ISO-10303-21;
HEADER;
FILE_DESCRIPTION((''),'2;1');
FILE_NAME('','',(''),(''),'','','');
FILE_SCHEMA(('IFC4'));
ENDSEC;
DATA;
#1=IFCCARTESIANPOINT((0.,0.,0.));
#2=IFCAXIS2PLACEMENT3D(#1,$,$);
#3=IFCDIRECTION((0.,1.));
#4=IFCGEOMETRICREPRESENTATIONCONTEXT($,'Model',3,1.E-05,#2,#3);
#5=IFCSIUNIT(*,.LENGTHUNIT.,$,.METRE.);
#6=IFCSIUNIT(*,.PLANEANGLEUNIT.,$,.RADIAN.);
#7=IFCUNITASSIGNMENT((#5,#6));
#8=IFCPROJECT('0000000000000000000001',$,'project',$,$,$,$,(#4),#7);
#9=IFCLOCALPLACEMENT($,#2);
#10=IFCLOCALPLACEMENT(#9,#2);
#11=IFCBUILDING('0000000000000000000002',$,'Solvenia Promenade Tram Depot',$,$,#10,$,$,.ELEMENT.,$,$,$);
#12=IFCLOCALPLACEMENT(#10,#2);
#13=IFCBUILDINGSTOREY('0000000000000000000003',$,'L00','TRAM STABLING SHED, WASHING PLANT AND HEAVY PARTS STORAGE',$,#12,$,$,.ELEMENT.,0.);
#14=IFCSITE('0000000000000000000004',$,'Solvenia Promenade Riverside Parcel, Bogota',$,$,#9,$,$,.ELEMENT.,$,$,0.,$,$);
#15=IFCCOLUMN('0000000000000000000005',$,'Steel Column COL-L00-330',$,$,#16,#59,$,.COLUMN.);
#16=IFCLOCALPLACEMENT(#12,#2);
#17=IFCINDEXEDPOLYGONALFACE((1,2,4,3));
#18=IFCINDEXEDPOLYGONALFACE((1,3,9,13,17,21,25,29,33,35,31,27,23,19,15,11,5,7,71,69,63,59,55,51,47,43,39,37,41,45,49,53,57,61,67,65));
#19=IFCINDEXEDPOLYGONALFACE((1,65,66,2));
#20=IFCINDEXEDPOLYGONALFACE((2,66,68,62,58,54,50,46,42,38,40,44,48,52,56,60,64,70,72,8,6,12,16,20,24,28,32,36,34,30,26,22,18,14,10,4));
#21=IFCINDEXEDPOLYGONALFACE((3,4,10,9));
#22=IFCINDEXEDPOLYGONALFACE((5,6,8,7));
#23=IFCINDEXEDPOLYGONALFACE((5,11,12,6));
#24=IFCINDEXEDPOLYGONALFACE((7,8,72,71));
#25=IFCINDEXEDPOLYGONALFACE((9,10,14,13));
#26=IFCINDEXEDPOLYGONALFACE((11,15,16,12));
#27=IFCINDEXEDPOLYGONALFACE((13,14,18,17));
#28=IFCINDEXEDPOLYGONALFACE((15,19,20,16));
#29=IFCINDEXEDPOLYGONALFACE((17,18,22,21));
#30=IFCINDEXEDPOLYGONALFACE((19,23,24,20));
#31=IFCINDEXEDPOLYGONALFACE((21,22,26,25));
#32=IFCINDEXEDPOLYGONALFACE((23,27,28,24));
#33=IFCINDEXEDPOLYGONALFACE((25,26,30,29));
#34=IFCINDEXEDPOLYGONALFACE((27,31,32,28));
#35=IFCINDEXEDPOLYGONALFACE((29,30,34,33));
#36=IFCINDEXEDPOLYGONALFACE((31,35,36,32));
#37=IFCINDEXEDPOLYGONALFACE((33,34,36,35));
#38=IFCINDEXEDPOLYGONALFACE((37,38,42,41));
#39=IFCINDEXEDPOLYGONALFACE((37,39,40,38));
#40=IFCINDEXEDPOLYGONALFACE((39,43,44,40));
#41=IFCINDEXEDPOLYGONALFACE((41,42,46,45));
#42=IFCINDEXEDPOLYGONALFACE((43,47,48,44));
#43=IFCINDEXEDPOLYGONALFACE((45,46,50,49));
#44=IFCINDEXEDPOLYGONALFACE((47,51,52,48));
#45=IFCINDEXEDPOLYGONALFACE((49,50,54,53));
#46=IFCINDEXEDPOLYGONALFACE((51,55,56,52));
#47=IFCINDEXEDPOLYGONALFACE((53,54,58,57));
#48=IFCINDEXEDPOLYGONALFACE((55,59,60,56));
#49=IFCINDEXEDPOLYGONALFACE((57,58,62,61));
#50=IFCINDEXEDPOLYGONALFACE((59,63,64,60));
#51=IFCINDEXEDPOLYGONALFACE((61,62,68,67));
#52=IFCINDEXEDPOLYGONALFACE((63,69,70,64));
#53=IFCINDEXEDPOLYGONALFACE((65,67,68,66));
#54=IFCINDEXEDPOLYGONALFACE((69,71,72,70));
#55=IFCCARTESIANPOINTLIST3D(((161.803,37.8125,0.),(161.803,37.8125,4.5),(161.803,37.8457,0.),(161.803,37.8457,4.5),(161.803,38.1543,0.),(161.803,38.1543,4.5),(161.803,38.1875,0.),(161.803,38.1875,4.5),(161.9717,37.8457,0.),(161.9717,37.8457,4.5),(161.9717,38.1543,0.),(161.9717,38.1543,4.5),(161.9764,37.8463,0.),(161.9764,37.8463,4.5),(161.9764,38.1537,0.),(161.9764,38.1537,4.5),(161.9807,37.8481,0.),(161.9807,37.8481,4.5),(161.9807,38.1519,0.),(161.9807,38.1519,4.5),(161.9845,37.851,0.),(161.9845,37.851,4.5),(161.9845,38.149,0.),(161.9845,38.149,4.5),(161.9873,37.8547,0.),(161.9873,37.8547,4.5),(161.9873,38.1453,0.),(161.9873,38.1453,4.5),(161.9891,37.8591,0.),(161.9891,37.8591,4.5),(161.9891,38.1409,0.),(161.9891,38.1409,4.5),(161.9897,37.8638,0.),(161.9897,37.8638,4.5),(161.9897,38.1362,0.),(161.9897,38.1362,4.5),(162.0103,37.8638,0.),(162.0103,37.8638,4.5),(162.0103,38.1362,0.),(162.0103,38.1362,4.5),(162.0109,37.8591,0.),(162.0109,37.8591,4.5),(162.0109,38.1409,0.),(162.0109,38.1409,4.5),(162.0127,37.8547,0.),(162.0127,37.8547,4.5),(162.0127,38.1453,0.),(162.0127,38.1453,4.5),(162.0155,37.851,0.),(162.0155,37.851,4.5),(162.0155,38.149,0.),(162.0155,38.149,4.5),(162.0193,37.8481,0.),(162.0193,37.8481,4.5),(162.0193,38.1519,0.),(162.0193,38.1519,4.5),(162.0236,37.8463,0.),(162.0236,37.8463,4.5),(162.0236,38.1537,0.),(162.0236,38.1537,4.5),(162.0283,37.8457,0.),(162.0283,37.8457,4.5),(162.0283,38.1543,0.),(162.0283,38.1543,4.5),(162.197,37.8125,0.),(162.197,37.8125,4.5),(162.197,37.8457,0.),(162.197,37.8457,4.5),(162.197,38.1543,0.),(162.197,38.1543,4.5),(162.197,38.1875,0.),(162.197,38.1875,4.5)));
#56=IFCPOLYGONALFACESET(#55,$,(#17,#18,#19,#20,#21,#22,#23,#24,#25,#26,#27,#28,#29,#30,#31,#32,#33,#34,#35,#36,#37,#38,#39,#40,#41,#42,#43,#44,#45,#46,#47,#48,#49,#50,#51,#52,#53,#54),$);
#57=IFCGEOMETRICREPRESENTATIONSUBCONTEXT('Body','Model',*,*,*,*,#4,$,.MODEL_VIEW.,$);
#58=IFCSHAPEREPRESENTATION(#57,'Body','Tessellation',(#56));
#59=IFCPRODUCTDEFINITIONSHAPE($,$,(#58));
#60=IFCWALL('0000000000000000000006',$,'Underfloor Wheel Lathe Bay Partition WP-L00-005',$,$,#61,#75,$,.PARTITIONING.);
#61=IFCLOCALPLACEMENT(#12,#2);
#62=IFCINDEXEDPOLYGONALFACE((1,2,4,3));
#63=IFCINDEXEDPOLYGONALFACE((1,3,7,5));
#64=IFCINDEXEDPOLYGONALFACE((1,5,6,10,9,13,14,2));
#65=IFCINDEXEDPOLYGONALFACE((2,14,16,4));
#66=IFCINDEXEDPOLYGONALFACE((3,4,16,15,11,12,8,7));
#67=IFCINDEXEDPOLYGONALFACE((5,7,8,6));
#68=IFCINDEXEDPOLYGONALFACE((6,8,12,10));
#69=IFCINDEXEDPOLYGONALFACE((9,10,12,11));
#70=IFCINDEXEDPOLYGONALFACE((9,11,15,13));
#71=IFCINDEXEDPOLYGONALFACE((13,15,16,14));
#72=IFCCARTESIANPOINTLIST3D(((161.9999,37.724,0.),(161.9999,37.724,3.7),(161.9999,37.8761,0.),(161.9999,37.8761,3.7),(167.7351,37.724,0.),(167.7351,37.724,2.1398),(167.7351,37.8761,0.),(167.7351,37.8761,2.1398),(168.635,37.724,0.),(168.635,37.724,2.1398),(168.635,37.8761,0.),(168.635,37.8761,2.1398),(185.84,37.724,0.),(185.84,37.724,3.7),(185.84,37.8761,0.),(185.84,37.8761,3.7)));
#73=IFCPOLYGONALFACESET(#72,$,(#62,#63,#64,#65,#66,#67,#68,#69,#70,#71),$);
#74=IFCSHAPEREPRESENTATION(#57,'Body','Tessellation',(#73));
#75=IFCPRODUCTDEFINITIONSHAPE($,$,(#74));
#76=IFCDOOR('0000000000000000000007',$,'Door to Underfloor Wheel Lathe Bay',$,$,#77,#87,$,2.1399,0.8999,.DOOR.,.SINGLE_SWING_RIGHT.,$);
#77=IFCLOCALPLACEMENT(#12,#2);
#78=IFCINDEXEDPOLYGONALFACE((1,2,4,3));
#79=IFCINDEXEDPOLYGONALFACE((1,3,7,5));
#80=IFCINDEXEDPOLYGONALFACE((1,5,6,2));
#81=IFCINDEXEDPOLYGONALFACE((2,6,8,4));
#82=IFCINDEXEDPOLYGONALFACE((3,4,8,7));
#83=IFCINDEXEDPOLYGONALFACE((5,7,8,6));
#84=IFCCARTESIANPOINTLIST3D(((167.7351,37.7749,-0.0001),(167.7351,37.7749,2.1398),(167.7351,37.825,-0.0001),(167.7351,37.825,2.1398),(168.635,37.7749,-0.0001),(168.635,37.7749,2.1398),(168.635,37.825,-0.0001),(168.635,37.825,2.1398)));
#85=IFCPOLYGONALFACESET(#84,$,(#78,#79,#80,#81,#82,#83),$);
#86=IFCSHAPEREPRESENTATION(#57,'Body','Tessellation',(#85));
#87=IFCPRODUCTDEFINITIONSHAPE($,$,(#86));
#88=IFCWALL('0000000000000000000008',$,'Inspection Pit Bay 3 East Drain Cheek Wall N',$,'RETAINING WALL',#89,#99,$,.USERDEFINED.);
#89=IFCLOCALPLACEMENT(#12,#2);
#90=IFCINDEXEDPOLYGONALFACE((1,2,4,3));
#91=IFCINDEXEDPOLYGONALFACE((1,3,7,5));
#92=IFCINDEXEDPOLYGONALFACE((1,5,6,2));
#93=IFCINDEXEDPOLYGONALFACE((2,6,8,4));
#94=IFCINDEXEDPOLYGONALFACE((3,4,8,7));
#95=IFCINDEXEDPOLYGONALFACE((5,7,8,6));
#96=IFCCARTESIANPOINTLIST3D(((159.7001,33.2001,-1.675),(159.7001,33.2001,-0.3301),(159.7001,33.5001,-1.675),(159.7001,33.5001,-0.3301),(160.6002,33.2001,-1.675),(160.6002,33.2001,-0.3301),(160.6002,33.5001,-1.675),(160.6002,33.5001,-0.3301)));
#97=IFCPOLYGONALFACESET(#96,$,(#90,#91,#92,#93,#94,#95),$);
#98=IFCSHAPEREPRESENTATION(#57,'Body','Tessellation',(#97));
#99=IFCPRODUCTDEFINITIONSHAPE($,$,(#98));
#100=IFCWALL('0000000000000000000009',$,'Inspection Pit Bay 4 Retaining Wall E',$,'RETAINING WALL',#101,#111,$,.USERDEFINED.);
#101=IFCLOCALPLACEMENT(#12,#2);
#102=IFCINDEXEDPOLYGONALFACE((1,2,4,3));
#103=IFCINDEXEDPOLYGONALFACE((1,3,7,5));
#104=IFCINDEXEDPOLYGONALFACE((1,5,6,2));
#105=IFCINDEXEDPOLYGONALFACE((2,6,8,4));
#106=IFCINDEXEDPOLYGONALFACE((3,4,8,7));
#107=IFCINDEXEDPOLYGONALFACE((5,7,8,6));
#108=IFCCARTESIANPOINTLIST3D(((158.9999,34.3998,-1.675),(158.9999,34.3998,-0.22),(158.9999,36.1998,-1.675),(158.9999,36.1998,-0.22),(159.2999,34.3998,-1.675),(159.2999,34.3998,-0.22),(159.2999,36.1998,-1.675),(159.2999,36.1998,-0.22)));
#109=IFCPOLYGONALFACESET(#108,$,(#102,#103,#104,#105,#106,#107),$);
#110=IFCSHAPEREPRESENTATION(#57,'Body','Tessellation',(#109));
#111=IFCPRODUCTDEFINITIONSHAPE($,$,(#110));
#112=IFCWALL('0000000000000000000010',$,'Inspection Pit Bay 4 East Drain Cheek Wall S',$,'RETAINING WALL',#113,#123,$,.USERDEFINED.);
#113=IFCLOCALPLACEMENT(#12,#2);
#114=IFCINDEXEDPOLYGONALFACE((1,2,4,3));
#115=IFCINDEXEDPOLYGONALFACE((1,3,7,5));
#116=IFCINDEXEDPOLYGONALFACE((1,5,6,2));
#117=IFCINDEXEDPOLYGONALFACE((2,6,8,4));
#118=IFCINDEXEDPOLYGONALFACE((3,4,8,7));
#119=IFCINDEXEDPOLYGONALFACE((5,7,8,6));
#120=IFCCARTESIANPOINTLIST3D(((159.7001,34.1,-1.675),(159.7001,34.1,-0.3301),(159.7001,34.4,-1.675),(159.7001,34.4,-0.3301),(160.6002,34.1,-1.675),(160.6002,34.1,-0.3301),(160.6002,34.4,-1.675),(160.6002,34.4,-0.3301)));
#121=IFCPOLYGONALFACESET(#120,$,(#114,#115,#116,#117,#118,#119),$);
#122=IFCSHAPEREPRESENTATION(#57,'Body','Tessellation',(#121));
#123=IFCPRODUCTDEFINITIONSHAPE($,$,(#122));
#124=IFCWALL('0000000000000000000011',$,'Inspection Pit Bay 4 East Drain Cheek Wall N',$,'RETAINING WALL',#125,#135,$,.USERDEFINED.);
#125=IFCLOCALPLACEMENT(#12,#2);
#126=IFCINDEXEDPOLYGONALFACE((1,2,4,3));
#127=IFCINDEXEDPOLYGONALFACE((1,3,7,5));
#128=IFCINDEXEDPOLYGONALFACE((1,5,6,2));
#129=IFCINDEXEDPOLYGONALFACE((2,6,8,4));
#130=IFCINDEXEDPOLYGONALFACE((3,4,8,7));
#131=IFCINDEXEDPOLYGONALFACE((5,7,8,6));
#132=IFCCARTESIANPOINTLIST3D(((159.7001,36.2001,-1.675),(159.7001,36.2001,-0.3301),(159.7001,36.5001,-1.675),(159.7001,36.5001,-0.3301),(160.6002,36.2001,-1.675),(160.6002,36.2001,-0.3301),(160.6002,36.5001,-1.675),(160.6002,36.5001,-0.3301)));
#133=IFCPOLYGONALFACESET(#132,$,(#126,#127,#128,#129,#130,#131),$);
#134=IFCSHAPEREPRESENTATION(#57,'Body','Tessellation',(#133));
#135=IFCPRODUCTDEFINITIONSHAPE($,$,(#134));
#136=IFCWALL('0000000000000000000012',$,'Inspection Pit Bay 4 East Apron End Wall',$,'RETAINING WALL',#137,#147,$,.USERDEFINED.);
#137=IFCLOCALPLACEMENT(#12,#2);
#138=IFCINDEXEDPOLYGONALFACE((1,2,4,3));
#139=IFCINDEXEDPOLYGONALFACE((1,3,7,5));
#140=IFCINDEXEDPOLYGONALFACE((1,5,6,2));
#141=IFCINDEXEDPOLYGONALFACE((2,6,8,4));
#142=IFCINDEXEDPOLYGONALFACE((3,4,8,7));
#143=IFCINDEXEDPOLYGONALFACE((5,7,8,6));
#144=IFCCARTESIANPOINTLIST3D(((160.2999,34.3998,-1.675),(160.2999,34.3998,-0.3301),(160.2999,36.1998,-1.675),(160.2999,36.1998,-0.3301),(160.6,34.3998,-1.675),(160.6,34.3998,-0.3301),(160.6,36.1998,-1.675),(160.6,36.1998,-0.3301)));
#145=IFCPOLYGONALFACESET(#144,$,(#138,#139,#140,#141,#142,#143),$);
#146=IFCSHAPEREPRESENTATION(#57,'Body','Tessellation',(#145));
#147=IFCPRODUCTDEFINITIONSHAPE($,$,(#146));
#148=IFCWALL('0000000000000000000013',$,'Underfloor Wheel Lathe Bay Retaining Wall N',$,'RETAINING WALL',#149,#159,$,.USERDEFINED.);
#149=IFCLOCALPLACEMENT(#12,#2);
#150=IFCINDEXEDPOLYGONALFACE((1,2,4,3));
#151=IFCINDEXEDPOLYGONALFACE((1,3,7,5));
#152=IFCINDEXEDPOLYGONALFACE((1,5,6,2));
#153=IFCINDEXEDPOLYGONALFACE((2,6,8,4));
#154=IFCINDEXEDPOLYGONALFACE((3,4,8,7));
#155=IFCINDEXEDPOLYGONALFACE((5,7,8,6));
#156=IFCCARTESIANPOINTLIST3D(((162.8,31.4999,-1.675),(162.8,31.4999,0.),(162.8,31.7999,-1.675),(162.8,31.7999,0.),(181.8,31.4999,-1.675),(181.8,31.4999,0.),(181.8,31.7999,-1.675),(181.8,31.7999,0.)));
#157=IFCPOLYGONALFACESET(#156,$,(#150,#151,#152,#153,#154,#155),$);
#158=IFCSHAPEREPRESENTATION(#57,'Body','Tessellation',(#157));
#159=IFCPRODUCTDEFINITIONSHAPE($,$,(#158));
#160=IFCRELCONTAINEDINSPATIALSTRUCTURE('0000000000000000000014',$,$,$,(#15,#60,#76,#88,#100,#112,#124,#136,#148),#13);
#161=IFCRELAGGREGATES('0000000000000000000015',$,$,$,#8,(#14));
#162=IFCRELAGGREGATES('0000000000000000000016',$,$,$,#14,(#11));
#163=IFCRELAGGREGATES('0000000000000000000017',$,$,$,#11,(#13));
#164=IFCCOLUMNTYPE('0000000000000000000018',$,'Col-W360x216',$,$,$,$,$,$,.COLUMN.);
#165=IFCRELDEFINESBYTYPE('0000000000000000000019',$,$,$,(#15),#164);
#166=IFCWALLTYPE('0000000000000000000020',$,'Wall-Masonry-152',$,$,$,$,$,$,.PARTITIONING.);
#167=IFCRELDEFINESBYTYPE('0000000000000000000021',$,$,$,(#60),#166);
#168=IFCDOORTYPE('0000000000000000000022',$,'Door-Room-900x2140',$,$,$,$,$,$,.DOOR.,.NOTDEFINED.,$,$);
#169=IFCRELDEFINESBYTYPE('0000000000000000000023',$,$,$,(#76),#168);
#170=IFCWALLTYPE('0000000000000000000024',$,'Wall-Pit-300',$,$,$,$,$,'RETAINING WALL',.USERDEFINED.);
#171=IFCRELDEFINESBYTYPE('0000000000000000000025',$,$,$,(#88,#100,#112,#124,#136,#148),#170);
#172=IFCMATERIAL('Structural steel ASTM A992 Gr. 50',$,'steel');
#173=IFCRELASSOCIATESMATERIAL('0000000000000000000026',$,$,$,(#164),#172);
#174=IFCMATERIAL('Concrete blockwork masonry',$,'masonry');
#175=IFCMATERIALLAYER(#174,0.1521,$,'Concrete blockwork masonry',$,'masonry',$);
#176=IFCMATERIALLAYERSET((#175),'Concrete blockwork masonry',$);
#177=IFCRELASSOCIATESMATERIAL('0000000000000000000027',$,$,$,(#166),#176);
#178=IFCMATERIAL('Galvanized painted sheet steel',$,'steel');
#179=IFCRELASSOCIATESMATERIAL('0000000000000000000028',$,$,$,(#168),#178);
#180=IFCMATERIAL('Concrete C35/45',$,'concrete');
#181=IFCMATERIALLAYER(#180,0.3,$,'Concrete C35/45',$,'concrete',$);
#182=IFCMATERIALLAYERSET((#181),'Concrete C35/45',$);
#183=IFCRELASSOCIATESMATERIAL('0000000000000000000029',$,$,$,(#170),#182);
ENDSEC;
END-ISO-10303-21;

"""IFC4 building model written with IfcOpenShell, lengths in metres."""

from ifc_helpers import new_model, si_unit, direction, frame, frame_2d, origin, origin_2d, place, context, subcontext, project, spatial, rectangle, i_section, extrude, material, layer, layer_set, material_profile, profile_set, type_object, element, fill, save


model = new_model("IFC4")

# Units and contexts
model_context = context("Model", 3, precision=1e-05, world=origin(), true_north=direction((0.0, 1.0)))
body_context = subcontext(model_context, "Body", "Model", "MODEL_VIEW")
ifc_project = project(units=[si_unit("LENGTHUNIT", "METRE"), si_unit("PLANEANGLEUNIT", "RADIAN")], contexts=[model_context])

# Site, building, storey
site_placement = place(None, origin())
site = spatial("IfcSite", under=ifc_project, at=site_placement, Name="Solvenia Promenade Riverside Parcel, Bogota", CompositionType="ELEMENT", RefElevation=0.0)
building_placement = place(site_placement, origin())
building = spatial("IfcBuilding", under=site, at=building_placement, Name="Solvenia Promenade Tram Depot", CompositionType="ELEMENT")
storey_placement = place(building_placement, origin())
storey = spatial("IfcBuildingStorey", under=building, at=storey_placement, Name="L00", Description="TRAM STABLING SHED, WASHING PLANT AND HEAVY PARTS STORAGE", CompositionType="ELEMENT", Elevation=0.0)

# Column
ifc_material_1 = material(Name="Structural steel ASTM A992 Gr. 50", Category="steel")
ifc_material_profile_1 = material_profile(ifc_material_1, i_section(OverallWidth=0.394, OverallDepth=0.375, WebThickness=0.0205, FlangeThickness=0.0332, FilletRadius=0.0181, at=origin_2d()), Name="W360x216", Category="steel")
ifc_profile_set_1 = profile_set([ifc_material_profile_1], Name="Structural steel ASTM A992 Gr. 50")
column_type = type_object("IfcColumnType", Name="Col-W360x216", PredefinedType="COLUMN", material=ifc_profile_set_1)
column_placement = place(storey_placement, frame((162.0, 38.0, 0.0), z_axis=(0.0, 0.0, 1.0), x_axis=(1.0, 0.0, 0.0)))
element("IfcColumn", 1, at=column_placement, inside=storey, type_object=column_type, Name="Steel Column COL-L00-330", PredefinedType="COLUMN", context=body_context, shape_type="SweptSolid", body=[
    extrude(i_section(OverallWidth=0.394, OverallDepth=0.375, WebThickness=0.0205, FlangeThickness=0.0332, FilletRadius=0.0181, at=origin_2d()), origin(), (0.0, 0.0, 1.0), 4.5),
])

# Wall, opening, door
ifc_material_2 = material(Name="Concrete blockwork masonry", Category="masonry")
ifc_layer_1 = layer(ifc_material_2, 0.1521, Name="Concrete blockwork masonry", Category="masonry")
ifc_layer_set_1 = layer_set([ifc_layer_1], Name="Concrete blockwork masonry")
wall_type_1 = type_object("IfcWallType", Name="Wall-Masonry-152", PredefinedType="PARTITIONING", material=ifc_layer_set_1)
wall_1_placement = place(storey_placement, frame((162.0, 37.8, 0.0), z_axis=(0.0, 0.0, 1.0), x_axis=(1.0, 0.0, 0.0)))
wall_1 = element("IfcWall", 2, at=wall_1_placement, inside=storey, type_object=wall_type_1, Name="Underfloor Wheel Lathe Bay Partition WP-L00-005", PredefinedType="PARTITIONING", context=body_context, shape_type="SweptSolid", body=[
    extrude(rectangle(XDim=23.8401, YDim=0.1521, at=frame_2d((11.9199, 0.0))), origin(), (0.0, 0.0, 1.0), 3.7),
])
opening_placement = place(wall_1_placement, frame((5.7351, 0.0, 0.0)))
opening = element("IfcOpeningElement", 3, at=opening_placement, cuts=wall_1, PredefinedType="OPENING", context=body_context, shape_type="SweptSolid", body=[
    extrude(rectangle(XDim=0.8999, YDim=2.1399, at=frame_2d((0.45, 1.0698))), frame((0.0, 0.0859, 0.0), z_axis=(0.0, -1.0, 0.0), x_axis=(1.0, 0.0, 0.0)), (0.0, 0.0, 1.0), 0.1721),
])
ifc_material_3 = material(Name="Galvanized painted sheet steel", Category="steel")
door_type = type_object("IfcDoorType", Name="Door-Room-900x2140", OperationType="NOTDEFINED", PredefinedType="DOOR", material=ifc_material_3)
door_placement = place(opening_placement, origin())
door = element("IfcDoor", 4, at=door_placement, inside=storey, type_object=door_type, Name="Door to Underfloor Wheel Lathe Bay", OperationType="SINGLE_SWING_RIGHT", OverallHeight=2.1399, OverallWidth=0.8999, PredefinedType="DOOR", context=body_context, shape_type="SweptSolid", body=[
    extrude(rectangle(XDim=0.8999, YDim=2.1399, at=frame_2d((0.45, 1.0698))), frame((0.0, 0.0249, 0.0), z_axis=(0.0, -1.0, 0.0), x_axis=(1.0, 0.0, 0.0)), (0.0, 0.0, 1.0), 0.05),
])
fill(opening, door)

# Walls
ifc_material_4 = material(Name="Concrete C35/45", Category="concrete")
ifc_layer_2 = layer(ifc_material_4, 0.3, Name="Concrete C35/45", Category="concrete")
ifc_layer_set_2 = layer_set([ifc_layer_2], Name="Concrete C35/45")
wall_type_2 = type_object("IfcWallType", Name="Wall-Pit-300", ElementType="RETAINING WALL", PredefinedType="USERDEFINED", material=ifc_layer_set_2)
wall_2_placement = place(storey_placement, frame((159.7, 33.3501, -1.675), z_axis=(0.0, 0.0, 1.0), x_axis=(1.0, 0.0, 0.0)))
element("IfcWall", 5, at=wall_2_placement, inside=storey, type_object=wall_type_2, Name="Inspection Pit Bay 3 East Drain Cheek Wall N", ObjectType="RETAINING WALL", PredefinedType="USERDEFINED", context=body_context, shape_type="SweptSolid", body=[
    extrude(rectangle(XDim=0.9001, YDim=0.3, at=frame_2d((0.4502, 0.0))), origin(), (0.0, 0.0, 1.0), 1.345),
])
wall_3_placement = place(storey_placement, frame((159.1499, 34.3999, -1.675), z_axis=(0.0, 0.0, 1.0), x_axis=(0.0, 1.0, 0.0)))
element("IfcWall", 6, at=wall_3_placement, inside=storey, type_object=wall_type_2, Name="Inspection Pit Bay 4 Retaining Wall E", ObjectType="RETAINING WALL", PredefinedType="USERDEFINED", context=body_context, shape_type="SweptSolid", body=[
    extrude(rectangle(XDim=1.8, YDim=0.3, at=frame_2d((0.8999, 0.0))), origin(), (0.0, 0.0, 1.0), 1.4551),
])
for number, where, z_axis, x_axis, name in (
    (7, (159.7, 34.25, -1.675), (0.0, 0.0, 1.0), (1.0, 0.0, 0.0), "Inspection Pit Bay 4 East Drain Cheek Wall S"),
    (8, (159.7, 36.3501, -1.675), (0.0, 0.0, 1.0), (1.0, 0.0, 0.0), "Inspection Pit Bay 4 East Drain Cheek Wall N"),
):
    element("IfcWall", number, at=place(storey_placement, frame(where, z_axis=z_axis, x_axis=x_axis)), inside=storey, type_object=wall_type_2, Name=name, ObjectType="RETAINING WALL", PredefinedType="USERDEFINED", context=body_context, shape_type="SweptSolid", body=[
        extrude(rectangle(XDim=0.9001, YDim=0.3, at=frame_2d((0.4502, 0.0))), origin(), (0.0, 0.0, 1.0), 1.345),
    ])
wall_4_placement = place(storey_placement, frame((160.45, 34.3999, -1.675), z_axis=(0.0, 0.0, 1.0), x_axis=(0.0, 1.0, 0.0)))
element("IfcWall", 9, at=wall_4_placement, inside=storey, type_object=wall_type_2, Name="Inspection Pit Bay 4 East Apron End Wall", ObjectType="RETAINING WALL", PredefinedType="USERDEFINED", context=body_context, shape_type="SweptSolid", body=[
    extrude(rectangle(XDim=1.8, YDim=0.3, at=frame_2d((0.8999, 0.0))), origin(), (0.0, 0.0, 1.0), 1.345),
])
wall_5_placement = place(storey_placement, frame((162.8, 31.6499, -1.675), z_axis=(0.0, 0.0, 1.0), x_axis=(1.0, 0.0, 0.0)))
element("IfcWall", 10, at=wall_5_placement, inside=storey, type_object=wall_type_2, Name="Underfloor Wheel Lathe Bay Retaining Wall N", ObjectType="RETAINING WALL", PredefinedType="USERDEFINED", context=body_context, shape_type="SweptSolid", body=[
    extrude(rectangle(XDim=19.0, YDim=0.3, at=frame_2d((9.5, 0.0))), origin(), (0.0, 0.0, 1.0), 1.675),
])

save(model, "model.ifc")
